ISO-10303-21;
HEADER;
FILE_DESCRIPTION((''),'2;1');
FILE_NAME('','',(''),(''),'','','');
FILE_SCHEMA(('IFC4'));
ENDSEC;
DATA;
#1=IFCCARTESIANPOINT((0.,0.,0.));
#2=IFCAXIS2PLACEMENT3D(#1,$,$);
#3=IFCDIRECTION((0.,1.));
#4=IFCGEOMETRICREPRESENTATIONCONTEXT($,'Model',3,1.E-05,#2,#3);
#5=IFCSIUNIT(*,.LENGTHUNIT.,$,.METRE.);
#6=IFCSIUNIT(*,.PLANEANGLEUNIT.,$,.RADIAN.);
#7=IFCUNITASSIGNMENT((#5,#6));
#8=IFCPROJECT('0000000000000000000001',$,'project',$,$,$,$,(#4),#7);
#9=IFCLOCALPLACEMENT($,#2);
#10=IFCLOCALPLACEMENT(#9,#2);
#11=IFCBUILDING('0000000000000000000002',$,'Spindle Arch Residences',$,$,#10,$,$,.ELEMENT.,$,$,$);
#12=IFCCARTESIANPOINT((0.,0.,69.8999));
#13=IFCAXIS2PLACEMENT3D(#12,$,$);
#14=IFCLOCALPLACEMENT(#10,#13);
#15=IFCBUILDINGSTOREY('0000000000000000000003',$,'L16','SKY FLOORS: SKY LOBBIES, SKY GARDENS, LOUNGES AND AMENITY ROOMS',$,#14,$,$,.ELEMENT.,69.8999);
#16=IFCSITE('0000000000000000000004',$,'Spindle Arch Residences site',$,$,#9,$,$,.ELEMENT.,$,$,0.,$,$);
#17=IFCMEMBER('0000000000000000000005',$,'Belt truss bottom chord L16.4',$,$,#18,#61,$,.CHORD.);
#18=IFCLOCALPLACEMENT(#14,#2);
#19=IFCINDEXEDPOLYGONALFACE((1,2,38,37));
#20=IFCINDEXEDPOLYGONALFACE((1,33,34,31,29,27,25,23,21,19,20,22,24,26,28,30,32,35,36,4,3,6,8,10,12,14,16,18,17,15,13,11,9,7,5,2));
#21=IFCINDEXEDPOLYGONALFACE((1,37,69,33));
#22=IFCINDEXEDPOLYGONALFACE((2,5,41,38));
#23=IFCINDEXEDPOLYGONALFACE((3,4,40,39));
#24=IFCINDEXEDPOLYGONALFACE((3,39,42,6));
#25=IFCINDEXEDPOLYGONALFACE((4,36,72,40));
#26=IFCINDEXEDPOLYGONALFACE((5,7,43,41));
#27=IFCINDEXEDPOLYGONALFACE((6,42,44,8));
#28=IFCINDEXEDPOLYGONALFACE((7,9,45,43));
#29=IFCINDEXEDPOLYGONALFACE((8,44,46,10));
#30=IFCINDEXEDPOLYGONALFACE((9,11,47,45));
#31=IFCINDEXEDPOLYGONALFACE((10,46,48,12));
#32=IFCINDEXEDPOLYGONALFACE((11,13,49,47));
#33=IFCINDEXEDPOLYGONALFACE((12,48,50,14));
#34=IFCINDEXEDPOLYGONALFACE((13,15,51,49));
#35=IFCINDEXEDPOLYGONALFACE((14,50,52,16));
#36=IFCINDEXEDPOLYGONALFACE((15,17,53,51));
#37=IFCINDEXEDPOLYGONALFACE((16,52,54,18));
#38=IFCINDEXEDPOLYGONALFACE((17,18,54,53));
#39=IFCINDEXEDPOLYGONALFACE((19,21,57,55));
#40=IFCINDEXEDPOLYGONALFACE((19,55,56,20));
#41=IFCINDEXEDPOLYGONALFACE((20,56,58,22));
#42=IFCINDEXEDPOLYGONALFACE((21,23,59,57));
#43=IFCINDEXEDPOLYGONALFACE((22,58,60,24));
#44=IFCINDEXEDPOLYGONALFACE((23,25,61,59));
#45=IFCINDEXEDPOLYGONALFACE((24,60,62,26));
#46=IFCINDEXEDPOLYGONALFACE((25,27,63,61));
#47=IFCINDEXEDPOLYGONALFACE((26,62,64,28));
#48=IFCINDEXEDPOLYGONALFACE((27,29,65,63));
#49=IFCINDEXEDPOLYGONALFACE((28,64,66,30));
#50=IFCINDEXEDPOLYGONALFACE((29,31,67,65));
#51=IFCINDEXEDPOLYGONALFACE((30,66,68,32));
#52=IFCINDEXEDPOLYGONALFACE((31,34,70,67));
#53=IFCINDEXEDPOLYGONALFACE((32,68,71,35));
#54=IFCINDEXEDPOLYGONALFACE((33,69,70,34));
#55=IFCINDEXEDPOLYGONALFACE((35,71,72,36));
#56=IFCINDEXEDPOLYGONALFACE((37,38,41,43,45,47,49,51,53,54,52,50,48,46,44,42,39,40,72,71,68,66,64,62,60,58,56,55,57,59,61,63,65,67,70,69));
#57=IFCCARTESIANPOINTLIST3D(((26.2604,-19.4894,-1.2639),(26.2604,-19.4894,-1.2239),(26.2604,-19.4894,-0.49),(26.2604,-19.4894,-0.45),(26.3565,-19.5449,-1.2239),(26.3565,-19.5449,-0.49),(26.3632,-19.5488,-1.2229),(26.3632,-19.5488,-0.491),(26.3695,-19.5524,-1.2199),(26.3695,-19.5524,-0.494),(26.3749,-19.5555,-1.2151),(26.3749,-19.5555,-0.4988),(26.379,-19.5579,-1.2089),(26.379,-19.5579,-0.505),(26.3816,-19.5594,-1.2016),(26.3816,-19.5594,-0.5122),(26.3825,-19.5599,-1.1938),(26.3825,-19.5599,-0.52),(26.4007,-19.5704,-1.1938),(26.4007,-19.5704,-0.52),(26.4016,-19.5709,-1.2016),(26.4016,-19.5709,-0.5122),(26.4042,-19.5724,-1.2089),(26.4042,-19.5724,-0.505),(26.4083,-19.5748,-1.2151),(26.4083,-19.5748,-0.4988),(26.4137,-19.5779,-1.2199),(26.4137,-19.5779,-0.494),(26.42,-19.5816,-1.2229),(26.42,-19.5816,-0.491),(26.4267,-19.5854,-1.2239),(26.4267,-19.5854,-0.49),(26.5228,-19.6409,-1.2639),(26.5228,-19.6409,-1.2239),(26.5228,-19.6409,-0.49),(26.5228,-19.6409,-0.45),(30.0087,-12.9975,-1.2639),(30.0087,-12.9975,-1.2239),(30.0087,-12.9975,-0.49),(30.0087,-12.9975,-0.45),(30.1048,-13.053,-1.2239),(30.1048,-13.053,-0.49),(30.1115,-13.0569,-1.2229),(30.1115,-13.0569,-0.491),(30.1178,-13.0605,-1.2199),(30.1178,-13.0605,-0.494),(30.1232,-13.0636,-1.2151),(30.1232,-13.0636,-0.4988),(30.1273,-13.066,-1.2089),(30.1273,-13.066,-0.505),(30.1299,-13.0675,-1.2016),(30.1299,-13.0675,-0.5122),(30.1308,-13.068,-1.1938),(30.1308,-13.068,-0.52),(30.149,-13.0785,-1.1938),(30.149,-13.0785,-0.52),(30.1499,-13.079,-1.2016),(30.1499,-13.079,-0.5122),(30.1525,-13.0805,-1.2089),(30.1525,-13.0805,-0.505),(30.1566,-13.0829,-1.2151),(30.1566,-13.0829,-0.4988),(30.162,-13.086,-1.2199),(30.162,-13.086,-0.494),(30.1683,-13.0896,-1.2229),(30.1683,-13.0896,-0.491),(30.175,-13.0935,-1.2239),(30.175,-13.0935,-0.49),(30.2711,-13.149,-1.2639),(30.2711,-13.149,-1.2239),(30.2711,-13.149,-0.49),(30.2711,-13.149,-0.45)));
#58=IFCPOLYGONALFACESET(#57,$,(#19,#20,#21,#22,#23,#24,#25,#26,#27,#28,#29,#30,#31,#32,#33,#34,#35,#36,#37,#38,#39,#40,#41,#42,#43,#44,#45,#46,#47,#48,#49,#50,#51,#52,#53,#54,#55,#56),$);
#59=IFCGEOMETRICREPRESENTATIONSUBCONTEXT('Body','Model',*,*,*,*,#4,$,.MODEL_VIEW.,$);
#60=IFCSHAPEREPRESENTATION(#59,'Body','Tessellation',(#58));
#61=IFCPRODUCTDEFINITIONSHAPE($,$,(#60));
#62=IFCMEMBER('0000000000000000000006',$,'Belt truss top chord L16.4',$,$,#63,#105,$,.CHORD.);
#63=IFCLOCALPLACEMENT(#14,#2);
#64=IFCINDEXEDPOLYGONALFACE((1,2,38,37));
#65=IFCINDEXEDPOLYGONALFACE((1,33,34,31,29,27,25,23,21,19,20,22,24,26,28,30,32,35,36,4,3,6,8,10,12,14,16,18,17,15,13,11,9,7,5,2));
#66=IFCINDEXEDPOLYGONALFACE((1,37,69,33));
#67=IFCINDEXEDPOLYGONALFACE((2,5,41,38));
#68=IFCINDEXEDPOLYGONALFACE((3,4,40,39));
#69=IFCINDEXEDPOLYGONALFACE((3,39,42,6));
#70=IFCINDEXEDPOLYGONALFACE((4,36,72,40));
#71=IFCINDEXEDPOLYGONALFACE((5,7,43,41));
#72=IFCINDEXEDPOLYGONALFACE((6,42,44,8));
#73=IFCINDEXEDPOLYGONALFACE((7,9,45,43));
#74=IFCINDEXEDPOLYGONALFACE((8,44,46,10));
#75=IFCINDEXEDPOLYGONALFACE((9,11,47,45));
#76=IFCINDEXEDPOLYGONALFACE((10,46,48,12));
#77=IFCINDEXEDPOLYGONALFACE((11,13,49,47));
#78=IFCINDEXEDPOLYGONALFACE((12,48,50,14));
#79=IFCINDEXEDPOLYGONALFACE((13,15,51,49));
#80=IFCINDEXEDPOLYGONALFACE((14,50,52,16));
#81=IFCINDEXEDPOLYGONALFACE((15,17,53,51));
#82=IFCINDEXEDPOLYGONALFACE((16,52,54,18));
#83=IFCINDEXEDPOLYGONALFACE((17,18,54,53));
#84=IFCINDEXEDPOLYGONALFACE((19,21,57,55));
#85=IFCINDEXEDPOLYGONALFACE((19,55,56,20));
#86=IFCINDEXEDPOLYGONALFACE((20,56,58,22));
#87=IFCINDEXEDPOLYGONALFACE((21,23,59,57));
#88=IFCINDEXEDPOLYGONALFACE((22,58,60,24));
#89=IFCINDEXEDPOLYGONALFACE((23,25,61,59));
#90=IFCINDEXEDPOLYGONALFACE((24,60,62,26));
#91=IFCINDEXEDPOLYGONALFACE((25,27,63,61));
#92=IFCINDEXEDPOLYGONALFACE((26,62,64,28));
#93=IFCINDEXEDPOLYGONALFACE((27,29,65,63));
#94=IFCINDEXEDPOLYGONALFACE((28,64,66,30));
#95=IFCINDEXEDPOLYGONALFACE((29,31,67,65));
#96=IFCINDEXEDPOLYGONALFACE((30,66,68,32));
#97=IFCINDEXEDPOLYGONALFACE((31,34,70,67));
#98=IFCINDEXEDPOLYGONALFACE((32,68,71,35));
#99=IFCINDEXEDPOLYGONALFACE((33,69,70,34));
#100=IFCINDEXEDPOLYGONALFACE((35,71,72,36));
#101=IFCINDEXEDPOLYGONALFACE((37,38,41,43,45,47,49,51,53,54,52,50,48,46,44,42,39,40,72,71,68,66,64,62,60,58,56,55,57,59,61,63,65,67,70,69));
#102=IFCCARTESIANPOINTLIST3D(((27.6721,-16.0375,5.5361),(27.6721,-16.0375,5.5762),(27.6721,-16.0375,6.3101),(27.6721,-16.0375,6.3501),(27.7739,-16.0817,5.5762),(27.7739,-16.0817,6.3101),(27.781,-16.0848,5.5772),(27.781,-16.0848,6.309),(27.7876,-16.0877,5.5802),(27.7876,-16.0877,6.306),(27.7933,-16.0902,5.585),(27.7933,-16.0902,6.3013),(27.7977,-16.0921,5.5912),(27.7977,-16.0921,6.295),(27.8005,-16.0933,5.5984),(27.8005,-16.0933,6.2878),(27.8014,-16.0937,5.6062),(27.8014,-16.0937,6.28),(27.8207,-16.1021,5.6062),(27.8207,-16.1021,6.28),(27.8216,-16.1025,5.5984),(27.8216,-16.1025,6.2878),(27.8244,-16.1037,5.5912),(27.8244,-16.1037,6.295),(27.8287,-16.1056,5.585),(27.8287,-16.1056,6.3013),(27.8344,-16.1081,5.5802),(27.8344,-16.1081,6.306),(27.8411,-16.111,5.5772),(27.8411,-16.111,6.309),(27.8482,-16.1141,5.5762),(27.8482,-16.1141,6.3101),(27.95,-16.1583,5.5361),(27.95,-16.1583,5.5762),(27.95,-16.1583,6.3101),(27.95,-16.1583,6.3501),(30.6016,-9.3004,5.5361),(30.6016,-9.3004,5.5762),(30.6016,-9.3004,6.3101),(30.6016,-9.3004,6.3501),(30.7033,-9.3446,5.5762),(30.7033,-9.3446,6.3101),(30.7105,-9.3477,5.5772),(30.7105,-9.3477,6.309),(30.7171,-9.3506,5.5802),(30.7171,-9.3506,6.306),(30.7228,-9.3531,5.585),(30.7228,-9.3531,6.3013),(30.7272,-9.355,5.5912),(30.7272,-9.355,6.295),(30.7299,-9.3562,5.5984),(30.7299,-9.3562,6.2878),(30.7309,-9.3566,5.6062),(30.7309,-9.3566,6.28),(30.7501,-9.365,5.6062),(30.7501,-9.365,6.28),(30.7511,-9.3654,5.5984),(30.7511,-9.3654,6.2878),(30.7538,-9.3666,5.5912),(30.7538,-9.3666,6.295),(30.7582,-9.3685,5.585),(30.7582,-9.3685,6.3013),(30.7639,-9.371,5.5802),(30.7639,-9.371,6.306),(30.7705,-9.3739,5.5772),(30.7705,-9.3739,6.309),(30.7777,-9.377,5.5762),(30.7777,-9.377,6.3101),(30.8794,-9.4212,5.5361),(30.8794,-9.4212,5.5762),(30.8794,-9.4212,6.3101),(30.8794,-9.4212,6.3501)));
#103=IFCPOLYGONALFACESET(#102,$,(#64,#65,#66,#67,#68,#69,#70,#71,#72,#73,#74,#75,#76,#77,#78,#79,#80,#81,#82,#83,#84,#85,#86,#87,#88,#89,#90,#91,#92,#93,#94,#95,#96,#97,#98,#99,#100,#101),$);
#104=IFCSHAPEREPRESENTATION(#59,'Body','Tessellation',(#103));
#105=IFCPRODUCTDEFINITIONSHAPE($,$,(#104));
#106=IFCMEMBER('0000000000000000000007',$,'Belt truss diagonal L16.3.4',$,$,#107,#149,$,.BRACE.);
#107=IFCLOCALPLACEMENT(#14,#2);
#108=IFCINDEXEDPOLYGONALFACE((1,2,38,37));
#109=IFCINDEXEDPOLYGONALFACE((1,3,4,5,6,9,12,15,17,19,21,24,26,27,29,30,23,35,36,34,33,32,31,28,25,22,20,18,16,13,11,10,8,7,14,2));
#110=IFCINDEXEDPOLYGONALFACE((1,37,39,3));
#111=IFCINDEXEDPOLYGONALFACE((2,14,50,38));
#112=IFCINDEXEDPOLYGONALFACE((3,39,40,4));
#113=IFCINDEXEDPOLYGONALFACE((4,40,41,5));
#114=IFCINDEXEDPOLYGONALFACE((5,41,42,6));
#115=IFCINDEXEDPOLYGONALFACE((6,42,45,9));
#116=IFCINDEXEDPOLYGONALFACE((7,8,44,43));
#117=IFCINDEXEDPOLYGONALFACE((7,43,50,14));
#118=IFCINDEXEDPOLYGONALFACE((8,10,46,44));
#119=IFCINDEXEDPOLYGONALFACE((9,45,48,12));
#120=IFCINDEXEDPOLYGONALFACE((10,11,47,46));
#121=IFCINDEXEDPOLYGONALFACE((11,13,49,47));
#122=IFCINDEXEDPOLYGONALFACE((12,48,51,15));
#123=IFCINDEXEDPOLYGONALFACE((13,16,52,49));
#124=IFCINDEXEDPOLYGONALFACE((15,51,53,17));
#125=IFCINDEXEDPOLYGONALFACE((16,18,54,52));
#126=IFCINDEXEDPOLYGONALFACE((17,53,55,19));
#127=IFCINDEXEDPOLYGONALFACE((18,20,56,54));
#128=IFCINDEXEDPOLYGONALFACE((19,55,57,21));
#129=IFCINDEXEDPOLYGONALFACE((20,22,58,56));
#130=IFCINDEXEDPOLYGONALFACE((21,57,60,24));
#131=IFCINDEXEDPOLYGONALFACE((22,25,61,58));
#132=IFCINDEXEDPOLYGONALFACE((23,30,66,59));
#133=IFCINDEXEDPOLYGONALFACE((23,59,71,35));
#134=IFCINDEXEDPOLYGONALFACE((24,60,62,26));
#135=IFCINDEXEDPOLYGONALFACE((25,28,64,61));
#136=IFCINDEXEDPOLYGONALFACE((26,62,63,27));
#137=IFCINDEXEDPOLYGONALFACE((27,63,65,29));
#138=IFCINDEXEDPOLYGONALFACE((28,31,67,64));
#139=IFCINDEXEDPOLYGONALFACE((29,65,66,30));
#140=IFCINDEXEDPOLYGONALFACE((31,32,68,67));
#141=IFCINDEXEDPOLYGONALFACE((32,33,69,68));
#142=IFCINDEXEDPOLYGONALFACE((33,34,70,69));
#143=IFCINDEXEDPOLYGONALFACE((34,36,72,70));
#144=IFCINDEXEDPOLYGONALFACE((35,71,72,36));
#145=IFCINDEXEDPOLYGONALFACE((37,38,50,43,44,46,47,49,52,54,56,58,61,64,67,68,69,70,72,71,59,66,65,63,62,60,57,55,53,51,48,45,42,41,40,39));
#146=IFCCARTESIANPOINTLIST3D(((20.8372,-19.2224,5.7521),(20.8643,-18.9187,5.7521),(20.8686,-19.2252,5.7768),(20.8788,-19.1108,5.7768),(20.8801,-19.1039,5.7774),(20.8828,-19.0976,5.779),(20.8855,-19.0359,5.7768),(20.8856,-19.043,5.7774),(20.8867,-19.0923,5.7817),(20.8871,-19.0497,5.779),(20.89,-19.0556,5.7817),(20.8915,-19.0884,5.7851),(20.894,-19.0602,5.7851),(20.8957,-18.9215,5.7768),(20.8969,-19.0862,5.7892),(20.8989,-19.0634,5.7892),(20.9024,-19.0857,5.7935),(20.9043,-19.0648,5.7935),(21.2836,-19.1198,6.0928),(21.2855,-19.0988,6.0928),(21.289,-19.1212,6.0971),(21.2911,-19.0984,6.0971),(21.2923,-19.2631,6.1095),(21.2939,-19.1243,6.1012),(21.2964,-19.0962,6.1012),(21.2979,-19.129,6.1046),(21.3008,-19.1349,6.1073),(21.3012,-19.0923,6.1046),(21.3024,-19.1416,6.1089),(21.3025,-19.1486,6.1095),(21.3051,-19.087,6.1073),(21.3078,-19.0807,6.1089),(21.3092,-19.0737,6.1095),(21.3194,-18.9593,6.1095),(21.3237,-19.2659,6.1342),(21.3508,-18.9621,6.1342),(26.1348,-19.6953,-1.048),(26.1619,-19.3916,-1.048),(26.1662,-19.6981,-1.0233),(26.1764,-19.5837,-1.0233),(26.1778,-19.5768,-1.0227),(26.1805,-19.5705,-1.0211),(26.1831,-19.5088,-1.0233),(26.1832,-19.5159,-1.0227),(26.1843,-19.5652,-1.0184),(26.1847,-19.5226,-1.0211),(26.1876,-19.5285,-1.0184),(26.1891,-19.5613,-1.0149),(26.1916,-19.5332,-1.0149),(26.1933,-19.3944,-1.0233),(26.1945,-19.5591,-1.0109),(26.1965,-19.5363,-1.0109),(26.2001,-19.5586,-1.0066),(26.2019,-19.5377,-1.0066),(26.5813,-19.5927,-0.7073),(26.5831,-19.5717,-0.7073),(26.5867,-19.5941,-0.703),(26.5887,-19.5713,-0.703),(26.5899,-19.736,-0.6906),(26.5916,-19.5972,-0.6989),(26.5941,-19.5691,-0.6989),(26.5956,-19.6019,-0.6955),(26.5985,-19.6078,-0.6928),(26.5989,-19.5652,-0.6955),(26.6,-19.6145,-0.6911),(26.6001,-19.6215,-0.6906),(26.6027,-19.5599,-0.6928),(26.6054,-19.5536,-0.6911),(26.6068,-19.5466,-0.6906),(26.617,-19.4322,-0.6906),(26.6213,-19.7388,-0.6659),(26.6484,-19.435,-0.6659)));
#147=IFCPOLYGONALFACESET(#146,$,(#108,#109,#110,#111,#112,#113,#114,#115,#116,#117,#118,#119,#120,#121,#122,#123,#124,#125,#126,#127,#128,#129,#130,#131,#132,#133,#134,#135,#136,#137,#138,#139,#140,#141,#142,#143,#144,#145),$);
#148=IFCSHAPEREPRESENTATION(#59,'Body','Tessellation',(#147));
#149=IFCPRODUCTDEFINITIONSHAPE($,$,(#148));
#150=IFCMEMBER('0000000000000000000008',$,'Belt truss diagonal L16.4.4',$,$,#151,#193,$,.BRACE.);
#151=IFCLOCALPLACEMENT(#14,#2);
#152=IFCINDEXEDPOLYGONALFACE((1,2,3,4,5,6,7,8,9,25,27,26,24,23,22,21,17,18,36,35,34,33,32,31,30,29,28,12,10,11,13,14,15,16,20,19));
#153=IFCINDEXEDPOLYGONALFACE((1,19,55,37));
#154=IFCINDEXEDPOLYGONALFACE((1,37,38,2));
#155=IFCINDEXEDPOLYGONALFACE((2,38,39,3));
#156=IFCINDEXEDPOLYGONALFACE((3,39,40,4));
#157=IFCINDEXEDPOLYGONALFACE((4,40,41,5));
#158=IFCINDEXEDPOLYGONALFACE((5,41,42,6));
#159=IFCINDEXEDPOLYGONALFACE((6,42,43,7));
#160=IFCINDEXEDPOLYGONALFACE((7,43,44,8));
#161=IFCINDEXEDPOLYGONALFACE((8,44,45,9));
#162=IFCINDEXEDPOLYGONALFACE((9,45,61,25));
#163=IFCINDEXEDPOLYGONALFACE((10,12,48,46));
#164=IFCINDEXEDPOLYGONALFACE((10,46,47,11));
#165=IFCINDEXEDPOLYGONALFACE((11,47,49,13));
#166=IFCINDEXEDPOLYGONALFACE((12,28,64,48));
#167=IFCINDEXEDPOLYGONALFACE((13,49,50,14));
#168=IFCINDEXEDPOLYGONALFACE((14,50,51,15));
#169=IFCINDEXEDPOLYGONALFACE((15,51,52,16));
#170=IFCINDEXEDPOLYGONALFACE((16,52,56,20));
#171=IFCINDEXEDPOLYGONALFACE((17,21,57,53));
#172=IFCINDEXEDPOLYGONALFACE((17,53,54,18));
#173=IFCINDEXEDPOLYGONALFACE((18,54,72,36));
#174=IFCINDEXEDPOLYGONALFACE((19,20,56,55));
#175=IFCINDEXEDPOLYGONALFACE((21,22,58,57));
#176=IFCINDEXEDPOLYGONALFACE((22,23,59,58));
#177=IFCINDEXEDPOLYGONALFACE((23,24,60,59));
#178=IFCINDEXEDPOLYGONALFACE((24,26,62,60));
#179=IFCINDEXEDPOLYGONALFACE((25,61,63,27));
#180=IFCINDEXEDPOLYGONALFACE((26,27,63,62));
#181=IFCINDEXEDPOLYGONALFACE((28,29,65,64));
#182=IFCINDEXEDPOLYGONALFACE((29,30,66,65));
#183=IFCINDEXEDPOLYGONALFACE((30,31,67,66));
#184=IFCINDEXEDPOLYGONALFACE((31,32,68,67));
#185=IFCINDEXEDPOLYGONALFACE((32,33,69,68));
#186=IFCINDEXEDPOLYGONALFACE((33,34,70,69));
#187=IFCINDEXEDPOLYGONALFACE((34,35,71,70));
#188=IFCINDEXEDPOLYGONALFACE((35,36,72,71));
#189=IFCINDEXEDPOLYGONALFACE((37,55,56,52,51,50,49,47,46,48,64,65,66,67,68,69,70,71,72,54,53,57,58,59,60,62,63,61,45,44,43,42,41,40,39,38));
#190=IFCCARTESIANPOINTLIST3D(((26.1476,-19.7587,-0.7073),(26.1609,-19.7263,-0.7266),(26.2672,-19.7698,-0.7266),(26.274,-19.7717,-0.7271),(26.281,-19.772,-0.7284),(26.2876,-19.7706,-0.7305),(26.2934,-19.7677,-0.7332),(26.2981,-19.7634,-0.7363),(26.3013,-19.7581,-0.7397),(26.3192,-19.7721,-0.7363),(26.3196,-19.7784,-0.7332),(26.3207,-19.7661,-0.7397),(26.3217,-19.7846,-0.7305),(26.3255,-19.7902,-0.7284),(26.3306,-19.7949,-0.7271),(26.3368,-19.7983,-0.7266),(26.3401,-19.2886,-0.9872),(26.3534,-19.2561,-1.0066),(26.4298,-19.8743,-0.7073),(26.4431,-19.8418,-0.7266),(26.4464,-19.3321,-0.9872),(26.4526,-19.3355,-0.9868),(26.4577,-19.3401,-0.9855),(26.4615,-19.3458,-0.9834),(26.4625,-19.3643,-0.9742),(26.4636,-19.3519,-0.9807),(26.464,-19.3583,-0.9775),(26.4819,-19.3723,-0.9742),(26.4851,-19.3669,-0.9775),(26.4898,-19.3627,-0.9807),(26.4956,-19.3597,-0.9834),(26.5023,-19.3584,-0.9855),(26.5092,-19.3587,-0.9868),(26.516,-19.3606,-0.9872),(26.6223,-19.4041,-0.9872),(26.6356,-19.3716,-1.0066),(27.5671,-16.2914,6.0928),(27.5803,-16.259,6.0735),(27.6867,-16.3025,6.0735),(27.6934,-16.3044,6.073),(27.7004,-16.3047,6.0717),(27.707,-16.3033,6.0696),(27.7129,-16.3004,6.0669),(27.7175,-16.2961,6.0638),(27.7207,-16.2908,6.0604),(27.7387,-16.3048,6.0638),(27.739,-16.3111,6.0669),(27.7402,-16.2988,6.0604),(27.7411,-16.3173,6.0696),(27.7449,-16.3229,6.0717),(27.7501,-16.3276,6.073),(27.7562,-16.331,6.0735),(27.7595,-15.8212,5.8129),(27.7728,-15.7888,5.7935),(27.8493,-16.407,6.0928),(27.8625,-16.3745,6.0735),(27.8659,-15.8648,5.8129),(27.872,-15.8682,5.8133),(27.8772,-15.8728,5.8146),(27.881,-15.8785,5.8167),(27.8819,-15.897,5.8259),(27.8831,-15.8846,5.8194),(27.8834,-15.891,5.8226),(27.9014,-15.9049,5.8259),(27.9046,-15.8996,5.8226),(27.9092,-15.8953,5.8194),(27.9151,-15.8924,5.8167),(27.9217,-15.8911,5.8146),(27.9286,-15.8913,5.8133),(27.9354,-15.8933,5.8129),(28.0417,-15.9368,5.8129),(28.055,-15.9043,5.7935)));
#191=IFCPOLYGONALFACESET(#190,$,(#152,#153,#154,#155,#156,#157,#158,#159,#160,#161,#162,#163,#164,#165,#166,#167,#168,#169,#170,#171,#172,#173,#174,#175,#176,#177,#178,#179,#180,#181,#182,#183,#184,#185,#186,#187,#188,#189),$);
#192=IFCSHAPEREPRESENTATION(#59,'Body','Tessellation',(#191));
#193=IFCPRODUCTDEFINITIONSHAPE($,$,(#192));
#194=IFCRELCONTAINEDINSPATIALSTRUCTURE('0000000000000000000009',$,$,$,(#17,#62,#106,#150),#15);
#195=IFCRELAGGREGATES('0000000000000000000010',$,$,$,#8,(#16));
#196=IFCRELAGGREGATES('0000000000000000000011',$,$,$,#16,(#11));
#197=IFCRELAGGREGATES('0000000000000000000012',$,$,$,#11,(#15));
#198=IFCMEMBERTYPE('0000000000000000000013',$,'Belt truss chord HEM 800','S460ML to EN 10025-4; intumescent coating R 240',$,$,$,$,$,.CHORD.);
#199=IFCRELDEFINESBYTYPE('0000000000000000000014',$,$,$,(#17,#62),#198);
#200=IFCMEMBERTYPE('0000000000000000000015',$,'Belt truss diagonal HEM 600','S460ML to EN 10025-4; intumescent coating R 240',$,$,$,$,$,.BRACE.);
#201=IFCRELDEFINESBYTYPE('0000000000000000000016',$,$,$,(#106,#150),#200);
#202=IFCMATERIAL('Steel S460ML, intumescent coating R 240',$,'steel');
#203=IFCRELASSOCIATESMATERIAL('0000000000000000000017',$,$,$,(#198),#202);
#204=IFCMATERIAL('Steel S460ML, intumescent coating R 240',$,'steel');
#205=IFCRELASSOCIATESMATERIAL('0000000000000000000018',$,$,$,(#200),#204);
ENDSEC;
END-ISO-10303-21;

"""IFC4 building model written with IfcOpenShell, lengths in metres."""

from ifc_helpers import new_model, si_unit, direction, frame, origin, origin_2d, place, context, subcontext, project, spatial, i_section, extrude, material, material_profile, profile_set, type_object, element, save


model = new_model("IFC4")

# Units and contexts
model_context = context("Model", 3, precision=1e-05, world=origin(), true_north=direction((0.0, 1.0)))
body_context = subcontext(model_context, "Body", "Model", "MODEL_VIEW")
ifc_project = project(units=[si_unit("LENGTHUNIT", "METRE"), si_unit("PLANEANGLEUNIT", "RADIAN")], contexts=[model_context])

# Site, building, storey
site_placement = place(None, origin())
site = spatial("IfcSite", under=ifc_project, at=site_placement, Name="Spindle Arch Residences site", CompositionType="ELEMENT", RefElevation=0.0)
building_placement = place(site_placement, origin())
building = spatial("IfcBuilding", under=site, at=building_placement, Name="Spindle Arch Residences", CompositionType="ELEMENT")
storey_placement = place(building_placement, frame((0.0, 0.0, 69.8999)))
storey = spatial("IfcBuildingStorey", under=building, at=storey_placement, Name="L16", Description="SKY FLOORS: SKY LOBBIES, SKY GARDENS, LOUNGES AND AMENITY ROOMS", CompositionType="ELEMENT", Elevation=69.8999)

# Members
ifc_material_1 = material(Name="Steel S460ML, intumescent coating R 240", Category="steel")
ifc_material_profile_1 = material_profile(ifc_material_1, i_section(OverallWidth=0.303, OverallDepth=0.814, WebThickness=0.021, FlangeThickness=0.04, FilletRadius=0.03, at=origin_2d()), Name="HEM 800")
ifc_profile_set_1 = profile_set([ifc_material_profile_1], Name="Steel S460ML, intumescent coating R 240")
member_type_1 = type_object("IfcMemberType", Name="Belt truss chord HEM 800", Description="S460ML to EN 10025-4; intumescent coating R 240", PredefinedType="CHORD", material=ifc_profile_set_1)
member_1_placement = place(storey_placement, frame((26.3916, -19.5652, -0.8569), z_axis=(0.500017, 0.866016, 0.0), x_axis=(-0.866016, 0.500017, 0.0)))
element("IfcMember", 1, at=member_1_placement, inside=storey, type_object=member_type_1, Name="Belt truss bottom chord L16.4", PredefinedType="CHORD", context=body_context, shape_type="SweptSolid", body=[
    extrude(i_section(OverallWidth=0.303, OverallDepth=0.814, WebThickness=0.021, FlangeThickness=0.04, FilletRadius=0.03, at=origin_2d()), origin(), (0.0, 0.0, 1.0), 7.4963),
])
member_2_placement = place(storey_placement, frame((27.811, -16.0979, 5.9431), z_axis=(0.398759, 0.917056, 0.0), x_axis=(-0.917056, 0.398759, 0.0)))
element("IfcMember", 2, at=member_2_placement, inside=storey, type_object=member_type_1, Name="Belt truss top chord L16.4", PredefinedType="CHORD", context=body_context, shape_type="SweptSolid", body=[
    extrude(i_section(OverallWidth=0.303, OverallDepth=0.814, WebThickness=0.021, FlangeThickness=0.04, FilletRadius=0.03, at=origin_2d()), origin(), (0.0, 0.0, 1.0), 7.3464),
])
ifc_material_2 = material(Name="Steel S460ML, intumescent coating R 240", Category="steel")
ifc_material_profile_2 = material_profile(ifc_material_2, i_section(OverallWidth=0.3049, OverallDepth=0.6201, WebThickness=0.021, FlangeThickness=0.04, FilletRadius=0.0271, at=origin_2d()), Name="HEM 600")
ifc_profile_set_2 = profile_set([ifc_material_profile_2], Name="Steel S460ML, intumescent coating R 240")
member_type_2 = type_object("IfcMemberType", Name="Belt truss diagonal HEM 600", Description="S460ML to EN 10025-4; intumescent coating R 240", PredefinedType="BRACE", material=ifc_profile_set_2)
member_3_placement = place(storey_placement, frame((26.3916, -19.5652, -0.8569), z_axis=(-0.613645, 0.054778, 0.78768), x_axis=(-0.088913, -0.996039, 0.0)))
element("IfcMember", 3, at=member_3_placement, inside=storey, type_object=member_type_2, Name="Belt truss diagonal L16.3.4", PredefinedType="BRACE", context=body_context, shape_type="SweptSolid", body=[
    extrude(i_section(OverallWidth=0.3049, OverallDepth=0.6201, WebThickness=0.021, FlangeThickness=0.04, FilletRadius=0.0271, at=origin_2d()), origin(), (0.0, 0.0, 1.0), 8.6331),
])
member_4_placement = place(storey_placement, frame((26.3916, -19.5652, -0.8569), z_axis=(0.182826, 0.446593, 0.875859), x_axis=(-0.925454, 0.378861, 0.0)))
element("IfcMember", 4, at=member_4_placement, inside=storey, type_object=member_type_2, Name="Belt truss diagonal L16.4.4", PredefinedType="BRACE", context=body_context, shape_type="SweptSolid", body=[
    extrude(i_section(OverallWidth=0.3049, OverallDepth=0.6201, WebThickness=0.021, FlangeThickness=0.04, FilletRadius=0.0271, at=origin_2d()), origin(), (0.0, 0.0, 1.0), 7.7639),
])

save(model, "model.ifc")
